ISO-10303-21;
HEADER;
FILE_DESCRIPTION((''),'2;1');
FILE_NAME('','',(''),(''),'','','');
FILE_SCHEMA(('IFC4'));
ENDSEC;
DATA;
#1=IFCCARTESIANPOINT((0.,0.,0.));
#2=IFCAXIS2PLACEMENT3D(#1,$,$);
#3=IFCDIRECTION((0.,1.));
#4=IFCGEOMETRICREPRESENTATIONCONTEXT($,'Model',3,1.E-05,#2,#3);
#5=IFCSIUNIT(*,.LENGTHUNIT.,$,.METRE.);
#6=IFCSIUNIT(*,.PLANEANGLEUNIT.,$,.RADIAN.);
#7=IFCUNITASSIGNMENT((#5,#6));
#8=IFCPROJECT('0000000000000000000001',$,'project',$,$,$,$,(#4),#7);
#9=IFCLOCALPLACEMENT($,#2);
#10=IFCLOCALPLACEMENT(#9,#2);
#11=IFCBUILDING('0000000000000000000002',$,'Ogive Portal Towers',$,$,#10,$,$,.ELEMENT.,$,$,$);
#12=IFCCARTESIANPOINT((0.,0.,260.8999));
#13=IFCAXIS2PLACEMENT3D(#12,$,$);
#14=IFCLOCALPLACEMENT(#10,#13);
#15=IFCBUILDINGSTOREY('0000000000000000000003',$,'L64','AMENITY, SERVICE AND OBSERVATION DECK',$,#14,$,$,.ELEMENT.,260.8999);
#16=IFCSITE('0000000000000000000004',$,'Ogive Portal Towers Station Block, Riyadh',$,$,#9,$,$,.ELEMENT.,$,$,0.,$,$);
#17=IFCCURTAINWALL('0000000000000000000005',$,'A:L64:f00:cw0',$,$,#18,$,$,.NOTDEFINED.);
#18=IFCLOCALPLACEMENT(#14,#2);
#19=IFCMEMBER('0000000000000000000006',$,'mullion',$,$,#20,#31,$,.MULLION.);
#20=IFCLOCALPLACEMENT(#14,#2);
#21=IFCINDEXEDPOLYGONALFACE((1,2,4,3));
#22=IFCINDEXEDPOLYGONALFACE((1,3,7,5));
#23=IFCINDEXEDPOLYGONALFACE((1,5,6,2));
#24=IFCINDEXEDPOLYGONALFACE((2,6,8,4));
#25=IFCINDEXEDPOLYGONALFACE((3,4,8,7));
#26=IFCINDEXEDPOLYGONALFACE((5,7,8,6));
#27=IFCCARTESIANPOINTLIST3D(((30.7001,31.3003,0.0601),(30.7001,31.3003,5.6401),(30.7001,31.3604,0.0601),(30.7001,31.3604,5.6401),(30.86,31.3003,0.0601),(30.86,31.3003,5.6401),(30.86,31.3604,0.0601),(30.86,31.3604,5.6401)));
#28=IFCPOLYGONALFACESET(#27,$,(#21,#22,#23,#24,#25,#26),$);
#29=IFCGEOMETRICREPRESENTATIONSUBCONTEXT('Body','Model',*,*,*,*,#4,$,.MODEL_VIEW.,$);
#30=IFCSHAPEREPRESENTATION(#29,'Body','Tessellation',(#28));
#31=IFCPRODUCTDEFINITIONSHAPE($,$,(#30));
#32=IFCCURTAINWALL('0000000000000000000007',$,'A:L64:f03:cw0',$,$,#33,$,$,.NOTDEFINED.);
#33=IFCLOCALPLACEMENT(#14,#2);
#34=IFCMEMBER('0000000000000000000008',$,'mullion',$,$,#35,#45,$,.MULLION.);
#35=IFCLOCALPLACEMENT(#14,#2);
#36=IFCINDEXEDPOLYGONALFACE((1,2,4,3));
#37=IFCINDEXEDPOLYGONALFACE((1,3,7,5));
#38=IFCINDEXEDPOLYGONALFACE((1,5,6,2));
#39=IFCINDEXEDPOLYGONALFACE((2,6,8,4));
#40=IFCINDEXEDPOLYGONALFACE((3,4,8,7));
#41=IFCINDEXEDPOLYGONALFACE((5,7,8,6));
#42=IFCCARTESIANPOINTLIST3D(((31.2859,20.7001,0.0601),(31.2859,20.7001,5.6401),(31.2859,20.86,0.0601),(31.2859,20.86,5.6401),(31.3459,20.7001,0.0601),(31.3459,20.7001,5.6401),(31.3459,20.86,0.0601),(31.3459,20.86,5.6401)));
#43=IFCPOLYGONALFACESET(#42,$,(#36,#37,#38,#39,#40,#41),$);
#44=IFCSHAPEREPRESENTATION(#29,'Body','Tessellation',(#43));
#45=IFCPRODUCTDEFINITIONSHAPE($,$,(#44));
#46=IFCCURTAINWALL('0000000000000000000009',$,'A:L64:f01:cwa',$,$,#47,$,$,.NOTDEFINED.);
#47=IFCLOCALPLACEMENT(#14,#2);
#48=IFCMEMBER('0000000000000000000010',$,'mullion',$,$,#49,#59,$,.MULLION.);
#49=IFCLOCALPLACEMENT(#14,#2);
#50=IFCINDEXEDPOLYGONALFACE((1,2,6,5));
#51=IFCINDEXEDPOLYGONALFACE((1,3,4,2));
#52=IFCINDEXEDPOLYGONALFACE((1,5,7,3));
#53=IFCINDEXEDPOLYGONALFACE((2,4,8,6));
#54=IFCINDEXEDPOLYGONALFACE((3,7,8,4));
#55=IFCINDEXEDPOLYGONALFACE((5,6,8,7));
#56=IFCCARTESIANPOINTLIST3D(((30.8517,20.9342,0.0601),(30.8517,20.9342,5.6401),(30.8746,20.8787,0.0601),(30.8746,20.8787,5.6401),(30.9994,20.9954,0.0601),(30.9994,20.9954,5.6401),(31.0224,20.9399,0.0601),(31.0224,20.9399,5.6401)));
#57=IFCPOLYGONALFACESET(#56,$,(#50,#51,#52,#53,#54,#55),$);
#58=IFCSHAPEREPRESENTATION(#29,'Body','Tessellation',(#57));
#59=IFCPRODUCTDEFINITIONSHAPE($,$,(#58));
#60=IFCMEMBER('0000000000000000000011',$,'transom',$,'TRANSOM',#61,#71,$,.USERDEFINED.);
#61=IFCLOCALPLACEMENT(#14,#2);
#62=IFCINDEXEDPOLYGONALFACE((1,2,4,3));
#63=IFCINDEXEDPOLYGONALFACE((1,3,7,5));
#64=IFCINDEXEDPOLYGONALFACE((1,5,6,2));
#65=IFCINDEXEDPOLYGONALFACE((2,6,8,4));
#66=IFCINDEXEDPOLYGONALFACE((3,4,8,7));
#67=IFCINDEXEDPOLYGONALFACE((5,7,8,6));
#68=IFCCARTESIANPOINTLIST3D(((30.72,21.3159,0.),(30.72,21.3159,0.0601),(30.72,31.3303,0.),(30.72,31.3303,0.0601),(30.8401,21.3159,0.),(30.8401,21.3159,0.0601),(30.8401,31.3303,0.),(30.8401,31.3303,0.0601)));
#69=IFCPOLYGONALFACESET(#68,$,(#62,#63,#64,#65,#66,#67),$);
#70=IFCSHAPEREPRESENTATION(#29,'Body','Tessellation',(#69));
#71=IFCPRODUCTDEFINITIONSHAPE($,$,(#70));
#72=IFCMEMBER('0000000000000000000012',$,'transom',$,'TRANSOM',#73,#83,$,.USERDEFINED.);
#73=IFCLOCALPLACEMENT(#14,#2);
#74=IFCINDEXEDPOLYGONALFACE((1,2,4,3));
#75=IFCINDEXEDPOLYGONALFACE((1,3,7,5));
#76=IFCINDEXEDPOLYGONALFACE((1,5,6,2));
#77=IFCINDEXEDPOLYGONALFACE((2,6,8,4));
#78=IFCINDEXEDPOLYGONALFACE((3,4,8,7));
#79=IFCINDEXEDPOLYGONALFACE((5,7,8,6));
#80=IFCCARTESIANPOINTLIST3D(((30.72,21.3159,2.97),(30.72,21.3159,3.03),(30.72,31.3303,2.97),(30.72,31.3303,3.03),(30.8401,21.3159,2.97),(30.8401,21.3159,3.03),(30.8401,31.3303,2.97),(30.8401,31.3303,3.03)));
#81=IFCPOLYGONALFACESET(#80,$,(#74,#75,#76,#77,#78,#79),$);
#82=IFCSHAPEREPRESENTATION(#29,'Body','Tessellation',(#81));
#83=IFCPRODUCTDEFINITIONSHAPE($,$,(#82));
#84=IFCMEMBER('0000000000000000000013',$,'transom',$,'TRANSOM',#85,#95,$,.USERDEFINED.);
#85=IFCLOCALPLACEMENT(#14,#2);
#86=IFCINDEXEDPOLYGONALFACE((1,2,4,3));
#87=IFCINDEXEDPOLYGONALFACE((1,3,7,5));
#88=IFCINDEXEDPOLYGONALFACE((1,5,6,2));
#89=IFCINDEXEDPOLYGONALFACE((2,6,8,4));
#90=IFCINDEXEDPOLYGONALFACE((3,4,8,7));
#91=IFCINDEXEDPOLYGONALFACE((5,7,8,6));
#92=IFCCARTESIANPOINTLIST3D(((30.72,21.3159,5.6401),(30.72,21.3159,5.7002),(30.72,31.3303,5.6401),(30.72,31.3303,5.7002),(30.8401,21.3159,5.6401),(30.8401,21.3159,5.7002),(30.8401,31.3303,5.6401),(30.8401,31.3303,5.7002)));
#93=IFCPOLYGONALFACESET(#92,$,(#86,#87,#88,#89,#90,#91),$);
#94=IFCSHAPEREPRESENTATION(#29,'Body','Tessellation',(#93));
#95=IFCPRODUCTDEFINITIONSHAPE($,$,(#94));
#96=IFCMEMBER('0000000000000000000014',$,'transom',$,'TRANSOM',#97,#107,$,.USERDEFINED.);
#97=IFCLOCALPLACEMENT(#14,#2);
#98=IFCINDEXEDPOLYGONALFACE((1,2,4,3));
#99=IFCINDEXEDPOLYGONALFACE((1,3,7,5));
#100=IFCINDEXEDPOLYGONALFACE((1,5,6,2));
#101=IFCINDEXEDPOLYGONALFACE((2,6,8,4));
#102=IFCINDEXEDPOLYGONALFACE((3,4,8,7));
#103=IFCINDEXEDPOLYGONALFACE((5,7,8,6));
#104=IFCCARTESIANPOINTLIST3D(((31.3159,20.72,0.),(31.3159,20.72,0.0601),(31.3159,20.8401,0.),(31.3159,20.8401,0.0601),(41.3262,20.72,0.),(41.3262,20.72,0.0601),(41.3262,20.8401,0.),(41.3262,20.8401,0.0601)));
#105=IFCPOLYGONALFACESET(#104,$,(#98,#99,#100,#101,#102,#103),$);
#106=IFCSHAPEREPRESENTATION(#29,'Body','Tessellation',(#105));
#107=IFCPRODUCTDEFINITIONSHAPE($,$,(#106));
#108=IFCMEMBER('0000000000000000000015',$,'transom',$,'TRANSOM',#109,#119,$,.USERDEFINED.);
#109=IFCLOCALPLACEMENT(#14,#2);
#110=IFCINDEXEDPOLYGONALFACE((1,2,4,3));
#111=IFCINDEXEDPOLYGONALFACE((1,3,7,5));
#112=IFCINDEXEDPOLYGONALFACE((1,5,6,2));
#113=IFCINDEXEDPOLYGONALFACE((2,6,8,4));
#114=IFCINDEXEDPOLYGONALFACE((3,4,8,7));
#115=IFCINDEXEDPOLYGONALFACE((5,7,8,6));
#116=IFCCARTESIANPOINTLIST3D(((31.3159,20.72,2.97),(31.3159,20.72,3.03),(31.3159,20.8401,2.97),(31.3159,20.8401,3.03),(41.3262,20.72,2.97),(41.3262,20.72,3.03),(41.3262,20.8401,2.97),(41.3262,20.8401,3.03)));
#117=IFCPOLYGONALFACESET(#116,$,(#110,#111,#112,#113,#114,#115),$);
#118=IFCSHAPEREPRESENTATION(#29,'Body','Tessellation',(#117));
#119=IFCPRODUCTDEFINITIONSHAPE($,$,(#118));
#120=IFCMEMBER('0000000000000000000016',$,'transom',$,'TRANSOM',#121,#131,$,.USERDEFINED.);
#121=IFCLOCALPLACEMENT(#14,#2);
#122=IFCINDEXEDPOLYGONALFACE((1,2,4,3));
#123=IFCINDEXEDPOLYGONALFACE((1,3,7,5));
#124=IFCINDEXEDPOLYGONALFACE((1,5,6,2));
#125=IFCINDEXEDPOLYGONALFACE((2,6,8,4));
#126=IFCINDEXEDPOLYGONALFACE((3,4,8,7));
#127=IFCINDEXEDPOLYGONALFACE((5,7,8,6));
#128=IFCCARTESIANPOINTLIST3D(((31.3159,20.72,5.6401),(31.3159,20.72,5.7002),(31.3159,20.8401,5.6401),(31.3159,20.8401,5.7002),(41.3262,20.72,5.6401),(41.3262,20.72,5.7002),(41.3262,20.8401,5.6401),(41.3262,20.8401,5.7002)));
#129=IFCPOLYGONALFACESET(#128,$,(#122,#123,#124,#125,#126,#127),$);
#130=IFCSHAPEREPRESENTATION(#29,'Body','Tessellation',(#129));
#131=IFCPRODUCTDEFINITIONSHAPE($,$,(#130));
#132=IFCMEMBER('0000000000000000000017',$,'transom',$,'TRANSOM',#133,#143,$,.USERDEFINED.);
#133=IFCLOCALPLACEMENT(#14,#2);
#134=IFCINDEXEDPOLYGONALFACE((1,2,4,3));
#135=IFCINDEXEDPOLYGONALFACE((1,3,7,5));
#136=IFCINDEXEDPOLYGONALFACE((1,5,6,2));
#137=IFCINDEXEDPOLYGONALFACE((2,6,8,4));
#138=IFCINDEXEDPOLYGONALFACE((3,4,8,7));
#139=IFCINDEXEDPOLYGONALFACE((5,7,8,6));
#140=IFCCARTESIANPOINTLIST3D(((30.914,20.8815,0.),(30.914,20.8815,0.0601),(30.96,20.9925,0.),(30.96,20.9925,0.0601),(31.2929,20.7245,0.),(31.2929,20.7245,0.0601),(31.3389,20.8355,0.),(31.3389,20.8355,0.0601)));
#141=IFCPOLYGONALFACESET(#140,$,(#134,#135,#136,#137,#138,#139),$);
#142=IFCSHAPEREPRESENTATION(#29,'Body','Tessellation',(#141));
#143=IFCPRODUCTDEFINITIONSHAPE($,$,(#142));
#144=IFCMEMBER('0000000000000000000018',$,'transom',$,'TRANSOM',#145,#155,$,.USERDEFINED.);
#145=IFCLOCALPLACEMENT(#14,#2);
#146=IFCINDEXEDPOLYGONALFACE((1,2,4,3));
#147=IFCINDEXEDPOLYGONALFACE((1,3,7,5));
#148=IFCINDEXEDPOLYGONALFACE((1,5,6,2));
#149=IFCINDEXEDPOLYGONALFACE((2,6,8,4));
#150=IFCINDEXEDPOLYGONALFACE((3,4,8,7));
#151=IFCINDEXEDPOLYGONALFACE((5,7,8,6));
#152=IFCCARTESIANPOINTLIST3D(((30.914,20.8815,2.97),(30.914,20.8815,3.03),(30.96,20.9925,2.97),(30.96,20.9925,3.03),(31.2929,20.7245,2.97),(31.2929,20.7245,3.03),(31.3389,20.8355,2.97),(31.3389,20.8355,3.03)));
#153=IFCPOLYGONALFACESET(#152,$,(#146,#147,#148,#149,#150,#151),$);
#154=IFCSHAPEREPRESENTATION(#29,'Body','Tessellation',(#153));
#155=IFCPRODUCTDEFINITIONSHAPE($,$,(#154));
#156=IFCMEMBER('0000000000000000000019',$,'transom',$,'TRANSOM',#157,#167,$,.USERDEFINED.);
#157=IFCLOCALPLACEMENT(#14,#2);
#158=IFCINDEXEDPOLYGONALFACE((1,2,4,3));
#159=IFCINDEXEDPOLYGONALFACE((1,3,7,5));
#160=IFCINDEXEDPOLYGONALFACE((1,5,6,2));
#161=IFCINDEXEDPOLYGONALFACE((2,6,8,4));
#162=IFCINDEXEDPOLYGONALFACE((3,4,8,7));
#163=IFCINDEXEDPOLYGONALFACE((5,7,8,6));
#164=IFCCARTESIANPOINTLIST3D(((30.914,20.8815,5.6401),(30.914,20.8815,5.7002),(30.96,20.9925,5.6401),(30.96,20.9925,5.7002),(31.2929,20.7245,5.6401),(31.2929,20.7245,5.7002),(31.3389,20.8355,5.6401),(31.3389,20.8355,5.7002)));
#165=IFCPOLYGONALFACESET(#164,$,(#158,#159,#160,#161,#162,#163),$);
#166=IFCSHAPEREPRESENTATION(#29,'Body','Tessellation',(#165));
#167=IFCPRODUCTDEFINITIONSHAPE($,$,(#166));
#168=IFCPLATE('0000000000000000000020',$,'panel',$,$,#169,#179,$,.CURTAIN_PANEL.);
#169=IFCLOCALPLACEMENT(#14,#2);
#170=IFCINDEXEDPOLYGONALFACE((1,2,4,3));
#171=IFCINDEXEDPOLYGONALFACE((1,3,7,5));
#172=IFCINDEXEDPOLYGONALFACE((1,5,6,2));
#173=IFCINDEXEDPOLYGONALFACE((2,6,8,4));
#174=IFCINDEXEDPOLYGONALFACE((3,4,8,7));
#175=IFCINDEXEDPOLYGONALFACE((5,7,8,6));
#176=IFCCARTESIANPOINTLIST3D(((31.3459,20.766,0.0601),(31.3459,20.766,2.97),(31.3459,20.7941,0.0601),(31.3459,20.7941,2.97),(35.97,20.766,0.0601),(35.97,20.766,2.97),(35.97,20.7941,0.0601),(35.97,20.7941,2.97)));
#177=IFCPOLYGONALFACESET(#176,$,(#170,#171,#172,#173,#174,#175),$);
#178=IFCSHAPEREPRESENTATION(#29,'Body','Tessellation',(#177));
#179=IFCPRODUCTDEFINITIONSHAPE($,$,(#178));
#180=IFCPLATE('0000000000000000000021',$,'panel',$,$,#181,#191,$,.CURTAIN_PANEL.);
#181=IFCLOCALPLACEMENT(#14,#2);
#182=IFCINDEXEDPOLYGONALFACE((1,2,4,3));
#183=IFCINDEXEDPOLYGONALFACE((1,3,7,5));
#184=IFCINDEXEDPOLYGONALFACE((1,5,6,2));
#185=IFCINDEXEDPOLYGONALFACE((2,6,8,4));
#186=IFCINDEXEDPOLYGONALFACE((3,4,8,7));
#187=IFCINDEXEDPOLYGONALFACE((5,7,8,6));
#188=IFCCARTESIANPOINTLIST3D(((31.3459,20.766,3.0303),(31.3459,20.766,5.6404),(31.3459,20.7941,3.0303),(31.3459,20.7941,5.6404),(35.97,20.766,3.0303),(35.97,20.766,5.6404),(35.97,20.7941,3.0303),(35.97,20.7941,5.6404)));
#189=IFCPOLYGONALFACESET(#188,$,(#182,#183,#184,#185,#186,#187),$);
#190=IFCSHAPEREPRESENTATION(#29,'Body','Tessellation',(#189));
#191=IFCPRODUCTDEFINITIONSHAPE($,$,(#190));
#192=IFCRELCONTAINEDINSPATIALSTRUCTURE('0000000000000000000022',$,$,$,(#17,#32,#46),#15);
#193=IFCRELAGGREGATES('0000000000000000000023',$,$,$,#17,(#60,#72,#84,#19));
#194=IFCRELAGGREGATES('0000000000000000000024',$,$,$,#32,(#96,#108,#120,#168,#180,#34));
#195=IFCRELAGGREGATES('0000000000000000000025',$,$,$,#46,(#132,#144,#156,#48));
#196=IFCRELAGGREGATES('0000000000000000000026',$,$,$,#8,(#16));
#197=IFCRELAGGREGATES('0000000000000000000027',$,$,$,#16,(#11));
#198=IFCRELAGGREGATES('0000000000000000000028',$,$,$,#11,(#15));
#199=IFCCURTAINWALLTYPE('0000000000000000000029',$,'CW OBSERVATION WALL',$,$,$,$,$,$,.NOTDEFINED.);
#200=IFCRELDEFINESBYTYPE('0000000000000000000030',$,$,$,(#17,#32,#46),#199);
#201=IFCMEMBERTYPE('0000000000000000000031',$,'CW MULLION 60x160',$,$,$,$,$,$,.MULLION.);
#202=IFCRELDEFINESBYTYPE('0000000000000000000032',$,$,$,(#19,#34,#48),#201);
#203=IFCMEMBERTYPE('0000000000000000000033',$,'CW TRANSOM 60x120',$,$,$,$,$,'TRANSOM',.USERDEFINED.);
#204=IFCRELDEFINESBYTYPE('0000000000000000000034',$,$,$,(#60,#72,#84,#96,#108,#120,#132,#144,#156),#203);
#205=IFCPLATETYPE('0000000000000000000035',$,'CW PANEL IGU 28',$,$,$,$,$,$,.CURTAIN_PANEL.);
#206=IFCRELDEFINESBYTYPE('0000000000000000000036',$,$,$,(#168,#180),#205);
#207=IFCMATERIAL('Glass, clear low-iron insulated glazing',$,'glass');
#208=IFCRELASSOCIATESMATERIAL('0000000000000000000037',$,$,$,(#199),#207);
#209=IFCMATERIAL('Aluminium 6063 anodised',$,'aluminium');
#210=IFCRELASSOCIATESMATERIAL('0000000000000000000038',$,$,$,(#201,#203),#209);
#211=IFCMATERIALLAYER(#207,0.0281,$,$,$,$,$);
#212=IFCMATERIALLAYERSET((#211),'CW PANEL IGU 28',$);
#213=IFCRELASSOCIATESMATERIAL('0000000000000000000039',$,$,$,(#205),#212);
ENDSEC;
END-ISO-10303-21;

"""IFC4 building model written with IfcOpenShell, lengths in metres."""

from ifc_helpers import new_model, si_unit, direction, frame, origin, origin_2d, place, context, subcontext, project, spatial, rectangle, extrude, material, layer, layer_set, material_profile, profile_set, type_object, element, aggregate, save


model = new_model("IFC4")

# Units and contexts
model_context = context("Model", 3, precision=1e-05, world=origin(), true_north=direction((0.0, 1.0)))
body_context = subcontext(model_context, "Body", "Model", "MODEL_VIEW")
ifc_project = project(units=[si_unit("LENGTHUNIT", "METRE"), si_unit("PLANEANGLEUNIT", "RADIAN")], contexts=[model_context])

# Site, building, storey
site_placement = place(None, origin())
site = spatial("IfcSite", under=ifc_project, at=site_placement, Name="Ogive Portal Towers Station Block, Riyadh", CompositionType="ELEMENT", RefElevation=0.0)
building_placement = place(site_placement, origin())
building = spatial("IfcBuilding", under=site, at=building_placement, Name="Ogive Portal Towers", CompositionType="ELEMENT")
storey_placement = place(building_placement, frame((0.0, 0.0, 260.8999)))
storey = spatial("IfcBuildingStorey", under=building, at=storey_placement, Name="L64", Description="AMENITY, SERVICE AND OBSERVATION DECK", CompositionType="ELEMENT", Elevation=260.8999)

# Curtain walls, members
ifc_material_1 = material(Name="Glass, clear low-iron insulated glazing", Category="glass")
curtain_wall_type = type_object("IfcCurtainWallType", Name="CW OBSERVATION WALL", PredefinedType="NOTDEFINED", material=ifc_material_1)
curtain_wall_1_placement = place(storey_placement, origin())
curtain_wall_1 = element("IfcCurtainWall", 1, at=curtain_wall_1_placement, inside=storey, type_object=curtain_wall_type, Name="A:L64:f00:cw0", PredefinedType="NOTDEFINED")
ifc_material_2 = material(Name="Aluminium 6063 anodised", Category="aluminium")
ifc_material_profile_1 = material_profile(ifc_material_2, rectangle(XDim=0.1599, YDim=0.0601, at=origin_2d()), Name="AL 60x160")
ifc_profile_set_1 = profile_set([ifc_material_profile_1], Name="Aluminium 6063 anodised")
member_type_1 = type_object("IfcMemberType", Name="CW MULLION 60x160", PredefinedType="MULLION", material=ifc_profile_set_1)
member_1_placement = place(storey_placement, frame((30.78, 31.3303, 0.0601), z_axis=(0.0, 0.0, 1.0), x_axis=(1.0, 0.0, 0.0)))
member_1 = element("IfcMember", 2, at=member_1_placement, type_object=member_type_1, Name="mullion", PredefinedType="MULLION", context=body_context, shape_type="SweptSolid", body=[
    extrude(rectangle(XDim=0.1599, YDim=0.0601, at=origin_2d()), origin(), (0.0, 0.0, 1.0), 5.5801),
])
curtain_wall_2_placement = place(storey_placement, origin())
curtain_wall_2 = element("IfcCurtainWall", 3, at=curtain_wall_2_placement, inside=storey, type_object=curtain_wall_type, Name="A:L64:f03:cw0", PredefinedType="NOTDEFINED")
member_2_placement = place(storey_placement, frame((31.3159, 20.78, 0.0601), z_axis=(0.0, 0.0, 1.0), x_axis=(0.0, 1.0, 0.0)))
member_2 = element("IfcMember", 4, at=member_2_placement, type_object=member_type_1, Name="mullion", PredefinedType="MULLION", context=body_context, shape_type="SweptSolid", body=[
    extrude(rectangle(XDim=0.1599, YDim=0.0601, at=origin_2d()), origin(), (0.0, 0.0, 1.0), 5.5801),
])
curtain_wall_3_placement = place(storey_placement, origin())
curtain_wall_3 = element("IfcCurtainWall", 5, at=curtain_wall_3_placement, inside=storey, type_object=curtain_wall_type, Name="A:L64:f01:cwa", PredefinedType="NOTDEFINED")
member_3_placement = place(storey_placement, frame((30.937, 20.937, 0.0601), z_axis=(0.0, 0.0, 1.0), x_axis=(0.92388, 0.382683, 0.0)))
member_3 = element("IfcMember", 6, at=member_3_placement, type_object=member_type_1, Name="mullion", PredefinedType="MULLION", context=body_context, shape_type="SweptSolid", body=[
    extrude(rectangle(XDim=0.1599, YDim=0.0601, at=origin_2d()), origin(), (0.0, 0.0, 1.0), 5.5801),
])

# Members
ifc_material_profile_2 = material_profile(ifc_material_2, rectangle(XDim=0.1201, YDim=0.0601, at=origin_2d()), Name="AL 120x60")
ifc_profile_set_2 = profile_set([ifc_material_profile_2], Name="Aluminium 6063 anodised")
member_type_2 = type_object("IfcMemberType", Name="CW TRANSOM 60x120", ElementType="TRANSOM", PredefinedType="USERDEFINED", material=ifc_profile_set_2)
member_4_placement = place(storey_placement, frame((30.78, 31.3303, 0.03), z_axis=(0.0, -1.0, 0.0), x_axis=(1.0, 0.0, 0.0)))
member_4 = element("IfcMember", 7, at=member_4_placement, type_object=member_type_2, Name="transom", ObjectType="TRANSOM", PredefinedType="USERDEFINED", context=body_context, shape_type="SweptSolid", body=[
    extrude(rectangle(XDim=0.1201, YDim=0.0601, at=origin_2d()), origin(), (0.0, 0.0, 1.0), 10.0144),
])
member_5_placement = place(storey_placement, frame((30.78, 31.3303, 3.0), z_axis=(0.0, -1.0, 0.0), x_axis=(1.0, 0.0, 0.0)))
member_5 = element("IfcMember", 8, at=member_5_placement, type_object=member_type_2, Name="transom", ObjectType="TRANSOM", PredefinedType="USERDEFINED", context=body_context, shape_type="SweptSolid", body=[
    extrude(rectangle(XDim=0.1201, YDim=0.0601, at=origin_2d()), origin(), (0.0, 0.0, 1.0), 10.0144),
])
member_6_placement = place(storey_placement, frame((30.78, 31.3303, 5.6702), z_axis=(0.0, -1.0, 0.0), x_axis=(1.0, 0.0, 0.0)))
member_6 = element("IfcMember", 9, at=member_6_placement, type_object=member_type_2, Name="transom", ObjectType="TRANSOM", PredefinedType="USERDEFINED", context=body_context, shape_type="SweptSolid", body=[
    extrude(rectangle(XDim=0.1201, YDim=0.0601, at=origin_2d()), origin(), (0.0, 0.0, 1.0), 10.0144),
])
aggregate(curtain_wall_1, [member_4, member_5, member_6, member_1])
member_7_placement = place(storey_placement, frame((31.3159, 20.78, 0.03), z_axis=(1.0, 0.0, 0.0), x_axis=(0.0, 1.0, 0.0)))
member_7 = element("IfcMember", 10, at=member_7_placement, type_object=member_type_2, Name="transom", ObjectType="TRANSOM", PredefinedType="USERDEFINED", context=body_context, shape_type="SweptSolid", body=[
    extrude(rectangle(XDim=0.1201, YDim=0.0601, at=origin_2d()), origin(), (0.0, 0.0, 1.0), 10.0103),
])
member_8_placement = place(storey_placement, frame((31.3159, 20.78, 3.0), z_axis=(1.0, 0.0, 0.0), x_axis=(0.0, 1.0, 0.0)))
member_8 = element("IfcMember", 11, at=member_8_placement, type_object=member_type_2, Name="transom", ObjectType="TRANSOM", PredefinedType="USERDEFINED", context=body_context, shape_type="SweptSolid", body=[
    extrude(rectangle(XDim=0.1201, YDim=0.0601, at=origin_2d()), origin(), (0.0, 0.0, 1.0), 10.0103),
])
member_9_placement = place(storey_placement, frame((31.3159, 20.78, 5.6702), z_axis=(1.0, 0.0, 0.0), x_axis=(0.0, 1.0, 0.0)))
member_9 = element("IfcMember", 12, at=member_9_placement, type_object=member_type_2, Name="transom", ObjectType="TRANSOM", PredefinedType="USERDEFINED", context=body_context, shape_type="SweptSolid", body=[
    extrude(rectangle(XDim=0.1201, YDim=0.0601, at=origin_2d()), origin(), (0.0, 0.0, 1.0), 10.0103),
])
member_10_placement = place(storey_placement, frame((30.937, 20.937, 0.03), z_axis=(0.92385, -0.382755, 0.0), x_axis=(0.382755, 0.92385, 0.0)))
member_10 = element("IfcMember", 13, at=member_10_placement, type_object=member_type_2, Name="transom", ObjectType="TRANSOM", PredefinedType="USERDEFINED", context=body_context, shape_type="SweptSolid", body=[
    extrude(rectangle(XDim=0.1201, YDim=0.0601, at=origin_2d()), origin(), (0.0, 0.0, 1.0), 0.4102),
])
member_11_placement = place(storey_placement, frame((30.937, 20.937, 3.0), z_axis=(0.92385, -0.382755, 0.0), x_axis=(0.382755, 0.92385, 0.0)))
member_11 = element("IfcMember", 14, at=member_11_placement, type_object=member_type_2, Name="transom", ObjectType="TRANSOM", PredefinedType="USERDEFINED", context=body_context, shape_type="SweptSolid", body=[
    extrude(rectangle(XDim=0.1201, YDim=0.0601, at=origin_2d()), origin(), (0.0, 0.0, 1.0), 0.4102),
])
member_12_placement = place(storey_placement, frame((30.937, 20.937, 5.6702), z_axis=(0.92385, -0.382755, 0.0), x_axis=(0.382755, 0.92385, 0.0)))
member_12 = element("IfcMember", 15, at=member_12_placement, type_object=member_type_2, Name="transom", ObjectType="TRANSOM", PredefinedType="USERDEFINED", context=body_context, shape_type="SweptSolid", body=[
    extrude(rectangle(XDim=0.1201, YDim=0.0601, at=origin_2d()), origin(), (0.0, 0.0, 1.0), 0.4102),
])

# Plates
ifc_layer_1 = layer(ifc_material_1, 0.0281)
ifc_layer_set_1 = layer_set([ifc_layer_1], Name="CW PANEL IGU 28")
plate_type = type_object("IfcPlateType", Name="CW PANEL IGU 28", PredefinedType="CURTAIN_PANEL", material=ifc_layer_set_1)
plate_1_placement = place(storey_placement, frame((33.658, 20.78, 0.0601), z_axis=(0.0, 0.0, 1.0), x_axis=(1.0, 0.0, 0.0)))
plate_1 = element("IfcPlate", 16, at=plate_1_placement, type_object=plate_type, Name="panel", PredefinedType="CURTAIN_PANEL", context=body_context, shape_type="SweptSolid", body=[
    extrude(rectangle(XDim=4.624, YDim=0.0281, at=origin_2d()), origin(), (0.0, 0.0, 1.0), 2.9099),
])
plate_2_placement = place(storey_placement, frame((33.658, 20.78, 3.0303), z_axis=(0.0, 0.0, 1.0), x_axis=(1.0, 0.0, 0.0)))
plate_2 = element("IfcPlate", 17, at=plate_2_placement, type_object=plate_type, Name="panel", PredefinedType="CURTAIN_PANEL", context=body_context, shape_type="SweptSolid", body=[
    extrude(rectangle(XDim=4.624, YDim=0.0281, at=origin_2d()), origin(), (0.0, 0.0, 1.0), 2.6101),
])
aggregate(curtain_wall_2, [member_7, member_8, member_9, plate_1, plate_2, member_2])
aggregate(curtain_wall_3, [member_10, member_11, member_12, member_3])

save(model, "model.ifc")
